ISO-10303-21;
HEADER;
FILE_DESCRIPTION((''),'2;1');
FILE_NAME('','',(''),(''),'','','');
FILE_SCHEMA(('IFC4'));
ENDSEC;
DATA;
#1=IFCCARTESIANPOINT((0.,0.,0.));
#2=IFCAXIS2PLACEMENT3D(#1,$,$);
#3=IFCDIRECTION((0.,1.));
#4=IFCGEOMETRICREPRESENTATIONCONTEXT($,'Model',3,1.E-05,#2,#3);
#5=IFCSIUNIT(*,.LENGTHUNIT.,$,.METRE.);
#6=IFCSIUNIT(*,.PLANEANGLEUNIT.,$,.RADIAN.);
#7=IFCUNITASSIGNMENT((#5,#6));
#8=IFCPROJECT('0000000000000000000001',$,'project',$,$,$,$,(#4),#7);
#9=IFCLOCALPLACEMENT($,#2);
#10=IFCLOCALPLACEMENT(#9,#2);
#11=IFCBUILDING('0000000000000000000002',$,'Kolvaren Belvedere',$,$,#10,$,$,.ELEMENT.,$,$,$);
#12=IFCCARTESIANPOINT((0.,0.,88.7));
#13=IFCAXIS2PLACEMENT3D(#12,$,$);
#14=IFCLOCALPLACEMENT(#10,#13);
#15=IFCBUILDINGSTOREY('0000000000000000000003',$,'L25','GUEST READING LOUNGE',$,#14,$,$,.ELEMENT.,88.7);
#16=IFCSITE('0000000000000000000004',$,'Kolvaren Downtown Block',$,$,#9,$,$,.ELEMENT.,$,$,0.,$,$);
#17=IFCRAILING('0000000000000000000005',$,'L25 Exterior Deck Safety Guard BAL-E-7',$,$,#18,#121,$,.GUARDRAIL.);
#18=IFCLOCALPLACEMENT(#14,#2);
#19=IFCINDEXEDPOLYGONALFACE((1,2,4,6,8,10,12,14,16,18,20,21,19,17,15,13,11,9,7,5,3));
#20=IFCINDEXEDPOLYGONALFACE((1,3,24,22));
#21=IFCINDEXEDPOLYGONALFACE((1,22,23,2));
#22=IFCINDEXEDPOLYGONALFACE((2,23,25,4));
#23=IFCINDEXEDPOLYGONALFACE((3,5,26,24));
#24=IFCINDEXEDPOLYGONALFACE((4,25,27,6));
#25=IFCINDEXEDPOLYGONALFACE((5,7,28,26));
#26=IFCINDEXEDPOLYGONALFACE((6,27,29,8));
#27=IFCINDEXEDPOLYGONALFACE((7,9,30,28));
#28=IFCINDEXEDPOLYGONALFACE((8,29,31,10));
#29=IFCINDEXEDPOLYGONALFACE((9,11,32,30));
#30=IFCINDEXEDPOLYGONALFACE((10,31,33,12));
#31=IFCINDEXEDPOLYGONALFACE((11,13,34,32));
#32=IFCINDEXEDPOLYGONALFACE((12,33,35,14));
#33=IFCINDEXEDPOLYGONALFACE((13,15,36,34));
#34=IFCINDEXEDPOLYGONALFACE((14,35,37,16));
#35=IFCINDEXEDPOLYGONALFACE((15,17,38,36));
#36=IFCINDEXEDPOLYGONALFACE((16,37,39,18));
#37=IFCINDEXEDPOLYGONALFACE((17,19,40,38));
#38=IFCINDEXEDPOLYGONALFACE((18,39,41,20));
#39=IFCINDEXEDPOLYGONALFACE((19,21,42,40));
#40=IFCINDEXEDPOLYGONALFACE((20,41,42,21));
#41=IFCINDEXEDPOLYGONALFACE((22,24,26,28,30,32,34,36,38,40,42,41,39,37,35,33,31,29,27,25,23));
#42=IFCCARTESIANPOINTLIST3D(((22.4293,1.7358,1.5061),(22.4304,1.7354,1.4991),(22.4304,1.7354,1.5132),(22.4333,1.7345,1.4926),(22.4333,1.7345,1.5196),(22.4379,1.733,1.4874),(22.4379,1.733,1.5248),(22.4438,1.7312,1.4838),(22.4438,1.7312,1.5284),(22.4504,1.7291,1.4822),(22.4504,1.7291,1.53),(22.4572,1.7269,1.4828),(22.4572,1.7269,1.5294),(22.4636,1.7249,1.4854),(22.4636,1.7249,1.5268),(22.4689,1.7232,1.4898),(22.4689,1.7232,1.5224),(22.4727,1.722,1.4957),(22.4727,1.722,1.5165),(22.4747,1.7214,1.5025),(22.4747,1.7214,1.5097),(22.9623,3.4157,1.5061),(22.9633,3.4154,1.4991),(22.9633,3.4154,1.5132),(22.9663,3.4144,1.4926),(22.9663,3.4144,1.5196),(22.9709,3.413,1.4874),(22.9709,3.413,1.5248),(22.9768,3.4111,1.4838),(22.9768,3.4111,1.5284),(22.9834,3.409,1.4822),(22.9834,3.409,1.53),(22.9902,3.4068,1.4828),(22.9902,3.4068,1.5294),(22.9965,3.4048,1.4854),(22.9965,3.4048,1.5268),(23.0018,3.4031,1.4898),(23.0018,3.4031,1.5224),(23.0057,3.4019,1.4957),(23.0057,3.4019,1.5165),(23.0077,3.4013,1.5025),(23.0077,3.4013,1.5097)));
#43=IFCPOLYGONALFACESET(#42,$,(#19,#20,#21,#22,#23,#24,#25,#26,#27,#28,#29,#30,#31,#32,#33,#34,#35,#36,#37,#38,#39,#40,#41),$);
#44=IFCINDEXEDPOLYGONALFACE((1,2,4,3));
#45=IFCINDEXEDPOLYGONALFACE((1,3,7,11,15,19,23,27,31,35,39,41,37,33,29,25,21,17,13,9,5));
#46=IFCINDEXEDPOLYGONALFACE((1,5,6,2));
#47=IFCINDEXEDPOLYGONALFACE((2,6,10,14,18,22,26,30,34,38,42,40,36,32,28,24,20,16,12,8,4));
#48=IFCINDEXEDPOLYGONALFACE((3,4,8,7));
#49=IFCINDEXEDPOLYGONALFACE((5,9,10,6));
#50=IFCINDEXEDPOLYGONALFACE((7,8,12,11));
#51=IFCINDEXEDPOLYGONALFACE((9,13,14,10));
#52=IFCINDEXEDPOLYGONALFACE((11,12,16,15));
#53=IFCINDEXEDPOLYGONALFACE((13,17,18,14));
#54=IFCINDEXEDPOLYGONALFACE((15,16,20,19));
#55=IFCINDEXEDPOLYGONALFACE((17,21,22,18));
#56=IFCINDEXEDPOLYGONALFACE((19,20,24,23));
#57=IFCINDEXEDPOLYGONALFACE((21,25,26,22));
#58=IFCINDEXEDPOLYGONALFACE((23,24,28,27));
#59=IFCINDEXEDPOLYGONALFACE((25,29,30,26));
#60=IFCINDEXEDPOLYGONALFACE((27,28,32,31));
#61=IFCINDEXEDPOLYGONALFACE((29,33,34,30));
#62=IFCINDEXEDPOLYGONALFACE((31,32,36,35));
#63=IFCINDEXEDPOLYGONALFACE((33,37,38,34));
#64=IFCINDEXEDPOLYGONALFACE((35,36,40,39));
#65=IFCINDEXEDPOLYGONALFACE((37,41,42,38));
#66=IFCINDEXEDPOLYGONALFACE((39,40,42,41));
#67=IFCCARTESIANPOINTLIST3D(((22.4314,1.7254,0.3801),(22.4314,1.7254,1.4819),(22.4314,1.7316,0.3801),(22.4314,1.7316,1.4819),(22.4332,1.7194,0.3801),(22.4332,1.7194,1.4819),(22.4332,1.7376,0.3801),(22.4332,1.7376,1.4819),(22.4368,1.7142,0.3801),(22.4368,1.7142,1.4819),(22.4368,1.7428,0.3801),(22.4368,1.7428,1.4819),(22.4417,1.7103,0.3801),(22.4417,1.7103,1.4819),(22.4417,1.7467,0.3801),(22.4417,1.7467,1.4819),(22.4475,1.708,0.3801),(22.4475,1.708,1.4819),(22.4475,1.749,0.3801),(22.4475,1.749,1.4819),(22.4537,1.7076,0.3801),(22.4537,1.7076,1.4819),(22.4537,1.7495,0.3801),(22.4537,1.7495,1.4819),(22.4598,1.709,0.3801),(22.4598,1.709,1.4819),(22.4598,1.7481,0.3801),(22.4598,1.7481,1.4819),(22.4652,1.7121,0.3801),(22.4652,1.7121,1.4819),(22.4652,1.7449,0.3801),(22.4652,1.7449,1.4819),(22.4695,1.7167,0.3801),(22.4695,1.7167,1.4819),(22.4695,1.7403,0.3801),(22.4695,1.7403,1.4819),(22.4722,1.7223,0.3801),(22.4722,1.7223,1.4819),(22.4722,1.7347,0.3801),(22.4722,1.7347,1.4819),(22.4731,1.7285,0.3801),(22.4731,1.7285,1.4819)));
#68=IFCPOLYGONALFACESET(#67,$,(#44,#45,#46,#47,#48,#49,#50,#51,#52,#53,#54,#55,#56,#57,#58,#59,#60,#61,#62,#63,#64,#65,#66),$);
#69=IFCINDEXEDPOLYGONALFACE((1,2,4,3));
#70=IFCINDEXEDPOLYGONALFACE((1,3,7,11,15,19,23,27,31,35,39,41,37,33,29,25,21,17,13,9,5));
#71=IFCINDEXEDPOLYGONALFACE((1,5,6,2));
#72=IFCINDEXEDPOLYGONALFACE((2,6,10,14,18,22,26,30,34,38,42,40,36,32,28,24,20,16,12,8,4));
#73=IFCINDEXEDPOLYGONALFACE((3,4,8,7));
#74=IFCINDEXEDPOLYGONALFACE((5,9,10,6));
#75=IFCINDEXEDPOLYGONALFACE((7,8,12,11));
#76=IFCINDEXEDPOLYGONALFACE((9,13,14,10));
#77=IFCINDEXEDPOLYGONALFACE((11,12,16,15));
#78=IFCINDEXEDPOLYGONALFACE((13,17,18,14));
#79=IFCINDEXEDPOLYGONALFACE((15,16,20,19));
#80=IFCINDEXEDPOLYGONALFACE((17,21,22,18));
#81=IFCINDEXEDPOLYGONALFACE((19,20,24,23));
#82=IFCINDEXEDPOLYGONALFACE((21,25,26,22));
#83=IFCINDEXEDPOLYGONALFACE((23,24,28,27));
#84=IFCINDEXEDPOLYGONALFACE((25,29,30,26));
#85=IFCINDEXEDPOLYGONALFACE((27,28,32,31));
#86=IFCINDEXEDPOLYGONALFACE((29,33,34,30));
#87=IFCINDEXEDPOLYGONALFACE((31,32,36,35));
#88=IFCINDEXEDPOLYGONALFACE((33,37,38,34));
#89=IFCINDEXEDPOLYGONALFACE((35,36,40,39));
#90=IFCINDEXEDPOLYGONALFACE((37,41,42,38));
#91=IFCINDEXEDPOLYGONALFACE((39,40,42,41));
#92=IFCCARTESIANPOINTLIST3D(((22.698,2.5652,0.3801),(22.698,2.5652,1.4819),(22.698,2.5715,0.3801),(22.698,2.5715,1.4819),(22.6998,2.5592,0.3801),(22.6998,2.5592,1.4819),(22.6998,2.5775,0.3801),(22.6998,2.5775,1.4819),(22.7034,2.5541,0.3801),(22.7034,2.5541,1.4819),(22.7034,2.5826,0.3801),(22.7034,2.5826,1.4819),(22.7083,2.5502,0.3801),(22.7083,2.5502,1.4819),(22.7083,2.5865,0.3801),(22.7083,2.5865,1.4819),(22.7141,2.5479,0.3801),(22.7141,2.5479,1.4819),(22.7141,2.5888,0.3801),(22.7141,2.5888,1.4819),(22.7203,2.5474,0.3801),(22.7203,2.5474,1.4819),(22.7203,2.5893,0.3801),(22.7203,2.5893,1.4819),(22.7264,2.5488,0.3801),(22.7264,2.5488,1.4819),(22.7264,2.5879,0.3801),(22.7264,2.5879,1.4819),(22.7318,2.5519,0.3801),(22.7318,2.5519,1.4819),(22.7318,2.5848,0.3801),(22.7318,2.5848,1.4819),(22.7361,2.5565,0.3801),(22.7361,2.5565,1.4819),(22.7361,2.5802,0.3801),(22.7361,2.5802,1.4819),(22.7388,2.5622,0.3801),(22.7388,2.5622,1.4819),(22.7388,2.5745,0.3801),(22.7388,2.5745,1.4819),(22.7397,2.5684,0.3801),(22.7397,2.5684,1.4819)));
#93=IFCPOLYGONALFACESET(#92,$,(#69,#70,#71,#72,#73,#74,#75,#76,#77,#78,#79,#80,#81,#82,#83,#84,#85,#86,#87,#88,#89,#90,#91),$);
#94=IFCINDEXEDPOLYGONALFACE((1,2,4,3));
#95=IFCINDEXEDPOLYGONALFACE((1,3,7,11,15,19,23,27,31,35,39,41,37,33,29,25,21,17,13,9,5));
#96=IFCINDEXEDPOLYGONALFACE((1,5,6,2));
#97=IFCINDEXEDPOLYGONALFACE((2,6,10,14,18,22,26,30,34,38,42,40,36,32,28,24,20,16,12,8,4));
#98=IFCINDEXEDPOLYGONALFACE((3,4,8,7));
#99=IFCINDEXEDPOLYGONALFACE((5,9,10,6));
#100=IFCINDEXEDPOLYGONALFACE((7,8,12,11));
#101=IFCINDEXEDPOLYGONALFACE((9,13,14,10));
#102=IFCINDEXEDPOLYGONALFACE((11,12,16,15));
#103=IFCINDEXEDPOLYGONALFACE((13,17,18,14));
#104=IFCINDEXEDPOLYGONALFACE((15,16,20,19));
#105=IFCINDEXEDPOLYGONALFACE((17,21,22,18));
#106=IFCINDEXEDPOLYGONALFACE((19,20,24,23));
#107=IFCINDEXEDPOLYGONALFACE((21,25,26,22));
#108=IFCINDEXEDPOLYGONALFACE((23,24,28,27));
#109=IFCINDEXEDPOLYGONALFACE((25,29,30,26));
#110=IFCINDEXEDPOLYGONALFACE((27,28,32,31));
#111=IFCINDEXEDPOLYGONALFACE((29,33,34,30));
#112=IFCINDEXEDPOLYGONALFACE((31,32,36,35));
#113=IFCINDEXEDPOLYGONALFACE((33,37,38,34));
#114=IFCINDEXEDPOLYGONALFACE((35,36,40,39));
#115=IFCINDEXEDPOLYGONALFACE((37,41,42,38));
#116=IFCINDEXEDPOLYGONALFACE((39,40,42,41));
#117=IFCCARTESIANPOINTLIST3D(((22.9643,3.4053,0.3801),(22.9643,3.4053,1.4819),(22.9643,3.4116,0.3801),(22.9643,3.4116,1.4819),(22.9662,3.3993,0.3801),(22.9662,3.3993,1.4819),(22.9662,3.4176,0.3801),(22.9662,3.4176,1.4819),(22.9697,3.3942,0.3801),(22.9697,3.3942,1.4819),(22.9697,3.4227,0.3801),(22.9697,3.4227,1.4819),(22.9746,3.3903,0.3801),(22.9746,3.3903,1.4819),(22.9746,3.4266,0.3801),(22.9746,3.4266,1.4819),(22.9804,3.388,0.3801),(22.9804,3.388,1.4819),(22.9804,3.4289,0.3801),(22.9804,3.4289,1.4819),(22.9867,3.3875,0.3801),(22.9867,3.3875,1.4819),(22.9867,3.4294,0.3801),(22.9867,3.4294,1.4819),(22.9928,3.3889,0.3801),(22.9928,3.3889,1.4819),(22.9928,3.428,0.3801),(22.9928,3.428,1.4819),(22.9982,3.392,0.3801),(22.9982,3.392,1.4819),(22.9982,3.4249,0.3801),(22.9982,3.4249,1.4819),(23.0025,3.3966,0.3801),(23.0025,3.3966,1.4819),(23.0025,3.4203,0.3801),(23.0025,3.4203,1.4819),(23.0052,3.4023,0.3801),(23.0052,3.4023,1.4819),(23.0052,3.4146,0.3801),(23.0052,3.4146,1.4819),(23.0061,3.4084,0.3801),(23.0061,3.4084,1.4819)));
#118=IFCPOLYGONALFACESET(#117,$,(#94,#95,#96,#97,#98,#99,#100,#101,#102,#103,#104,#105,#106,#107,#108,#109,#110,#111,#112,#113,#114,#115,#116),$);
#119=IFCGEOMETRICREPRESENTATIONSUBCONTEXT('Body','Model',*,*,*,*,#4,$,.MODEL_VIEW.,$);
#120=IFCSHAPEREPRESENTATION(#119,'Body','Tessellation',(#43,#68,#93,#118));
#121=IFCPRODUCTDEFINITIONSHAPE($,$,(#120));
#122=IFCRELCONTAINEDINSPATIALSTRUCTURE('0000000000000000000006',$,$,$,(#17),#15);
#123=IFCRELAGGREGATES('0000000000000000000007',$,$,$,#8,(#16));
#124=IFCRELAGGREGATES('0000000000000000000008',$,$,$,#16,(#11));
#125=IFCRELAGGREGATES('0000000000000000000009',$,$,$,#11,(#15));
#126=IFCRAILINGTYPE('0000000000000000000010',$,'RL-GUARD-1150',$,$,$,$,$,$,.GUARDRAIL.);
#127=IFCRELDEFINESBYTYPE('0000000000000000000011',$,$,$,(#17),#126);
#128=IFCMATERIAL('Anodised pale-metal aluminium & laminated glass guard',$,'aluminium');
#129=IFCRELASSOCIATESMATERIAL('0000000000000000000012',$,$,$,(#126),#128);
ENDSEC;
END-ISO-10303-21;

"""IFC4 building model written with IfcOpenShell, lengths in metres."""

from ifc_helpers import new_model, si_unit, direction, frame, origin, origin_2d, place, context, subcontext, project, spatial, circle, extrude, material, type_object, element, save


model = new_model("IFC4")

# Units and contexts
model_context = context("Model", 3, precision=1e-05, world=origin(), true_north=direction((0.0, 1.0)))
body_context = subcontext(model_context, "Body", "Model", "MODEL_VIEW")
ifc_project = project(units=[si_unit("LENGTHUNIT", "METRE"), si_unit("PLANEANGLEUNIT", "RADIAN")], contexts=[model_context])

# Site, building, storey
site_placement = place(None, origin())
site = spatial("IfcSite", under=ifc_project, at=site_placement, Name="Kolvaren Downtown Block", CompositionType="ELEMENT", RefElevation=0.0)
building_placement = place(site_placement, origin())
building = spatial("IfcBuilding", under=site, at=building_placement, Name="Kolvaren Belvedere", CompositionType="ELEMENT")
storey_placement = place(building_placement, frame((0.0, 0.0, 88.7)))
storey = spatial("IfcBuildingStorey", under=building, at=storey_placement, Name="L25", Description="GUEST READING LOUNGE", CompositionType="ELEMENT", Elevation=88.7)

# Railing
ifc_material_1 = material(Name="Anodised pale-metal aluminium & laminated glass guard", Category="aluminium")
railing_type = type_object("IfcRailingType", Name="RL-GUARD-1150", PredefinedType="GUARDRAIL", material=ifc_material_1)
railing_1_placement = place(storey_placement, frame((22.4521, 1.7285, 0.3801)))
element("IfcRailing", 1, at=railing_1_placement, inside=storey, type_object=railing_type, Name="L25 Exterior Deck Safety Guard BAL-E-7", PredefinedType="GUARDRAIL", context=body_context, shape_type="SweptSolid", body=[
    extrude(circle(Radius=0.0239, at=origin_2d()), frame((0.0, 0.0, 1.126), z_axis=(0.302397, 0.953182, 0.0), x_axis=(-0.953182, 0.302397, 0.0)), (0.0, 0.0, 1.0), 1.7625),
    extrude(circle(Radius=0.021, at=origin_2d()), origin(), (0.0, 0.0, 1.0), 1.1018),
    extrude(circle(Radius=0.021, at=origin_2d()), frame((0.2666, 0.8398, 0.0)), (0.0, 0.0, 1.0), 1.1018),
    extrude(circle(Radius=0.021, at=origin_2d()), frame((0.533, 1.6799, 0.0)), (0.0, 0.0, 1.0), 1.1018),
])

save(model, "model.ifc")
